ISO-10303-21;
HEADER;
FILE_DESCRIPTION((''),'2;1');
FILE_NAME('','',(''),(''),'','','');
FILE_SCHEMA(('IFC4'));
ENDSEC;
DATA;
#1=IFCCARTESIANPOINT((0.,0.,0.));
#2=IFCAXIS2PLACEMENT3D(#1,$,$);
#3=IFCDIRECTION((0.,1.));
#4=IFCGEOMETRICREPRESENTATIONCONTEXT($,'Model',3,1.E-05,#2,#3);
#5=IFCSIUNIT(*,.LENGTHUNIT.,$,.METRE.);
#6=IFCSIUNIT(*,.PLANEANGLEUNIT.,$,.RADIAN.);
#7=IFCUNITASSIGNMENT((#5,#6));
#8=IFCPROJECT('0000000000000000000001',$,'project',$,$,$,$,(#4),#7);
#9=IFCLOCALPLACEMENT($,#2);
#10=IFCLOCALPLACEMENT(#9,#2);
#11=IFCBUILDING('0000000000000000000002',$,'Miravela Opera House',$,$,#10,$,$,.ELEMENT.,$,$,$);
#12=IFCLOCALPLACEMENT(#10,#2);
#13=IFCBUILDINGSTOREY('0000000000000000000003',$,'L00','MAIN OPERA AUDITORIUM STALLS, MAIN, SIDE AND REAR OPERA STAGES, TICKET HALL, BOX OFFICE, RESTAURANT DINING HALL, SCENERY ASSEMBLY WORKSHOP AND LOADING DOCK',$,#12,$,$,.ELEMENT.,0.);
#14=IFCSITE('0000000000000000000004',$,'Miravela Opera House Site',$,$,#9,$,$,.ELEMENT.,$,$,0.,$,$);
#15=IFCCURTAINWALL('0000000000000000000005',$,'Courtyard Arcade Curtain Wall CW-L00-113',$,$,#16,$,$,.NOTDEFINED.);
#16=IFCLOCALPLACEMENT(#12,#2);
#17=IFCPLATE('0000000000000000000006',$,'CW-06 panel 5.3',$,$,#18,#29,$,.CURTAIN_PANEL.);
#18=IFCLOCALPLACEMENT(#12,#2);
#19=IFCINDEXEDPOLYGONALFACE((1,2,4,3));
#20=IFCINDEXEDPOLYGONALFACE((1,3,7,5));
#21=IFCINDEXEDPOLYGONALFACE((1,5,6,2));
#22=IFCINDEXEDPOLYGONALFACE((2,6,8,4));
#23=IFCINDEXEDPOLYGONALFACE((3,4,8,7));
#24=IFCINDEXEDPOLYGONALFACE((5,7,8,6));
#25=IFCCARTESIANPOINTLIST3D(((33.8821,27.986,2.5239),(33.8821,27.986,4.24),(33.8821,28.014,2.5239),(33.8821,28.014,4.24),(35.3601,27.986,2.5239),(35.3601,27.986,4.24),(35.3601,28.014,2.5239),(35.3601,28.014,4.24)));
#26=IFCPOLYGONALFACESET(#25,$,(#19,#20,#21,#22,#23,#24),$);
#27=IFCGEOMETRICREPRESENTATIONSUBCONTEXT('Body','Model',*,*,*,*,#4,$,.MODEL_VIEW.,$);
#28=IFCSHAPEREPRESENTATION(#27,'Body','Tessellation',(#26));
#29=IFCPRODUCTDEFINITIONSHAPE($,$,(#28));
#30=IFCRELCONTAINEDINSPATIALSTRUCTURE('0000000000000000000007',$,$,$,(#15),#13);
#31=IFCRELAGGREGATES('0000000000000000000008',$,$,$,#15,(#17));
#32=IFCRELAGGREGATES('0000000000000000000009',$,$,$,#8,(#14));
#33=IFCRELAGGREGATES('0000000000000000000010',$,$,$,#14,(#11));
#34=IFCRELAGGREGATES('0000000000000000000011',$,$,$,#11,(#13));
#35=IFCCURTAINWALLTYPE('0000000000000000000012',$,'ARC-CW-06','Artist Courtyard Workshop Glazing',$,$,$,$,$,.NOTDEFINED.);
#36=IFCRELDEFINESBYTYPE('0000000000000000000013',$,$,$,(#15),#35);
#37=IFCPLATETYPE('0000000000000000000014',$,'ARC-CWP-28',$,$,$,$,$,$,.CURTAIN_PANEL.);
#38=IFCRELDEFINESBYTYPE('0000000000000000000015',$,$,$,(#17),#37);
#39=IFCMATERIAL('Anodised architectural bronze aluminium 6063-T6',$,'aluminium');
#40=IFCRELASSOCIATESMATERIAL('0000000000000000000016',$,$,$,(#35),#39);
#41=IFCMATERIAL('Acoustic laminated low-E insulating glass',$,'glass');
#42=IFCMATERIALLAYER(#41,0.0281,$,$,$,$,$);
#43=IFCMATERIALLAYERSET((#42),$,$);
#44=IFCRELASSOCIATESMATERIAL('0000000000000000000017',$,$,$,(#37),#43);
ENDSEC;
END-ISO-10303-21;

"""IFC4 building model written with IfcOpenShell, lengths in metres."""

from ifc_helpers import new_model, si_unit, direction, frame, origin, origin_2d, place, context, subcontext, project, spatial, rectangle, extrude, material, layer, layer_set, type_object, element, aggregate, save


model = new_model("IFC4")

# Units and contexts
model_context = context("Model", 3, precision=1e-05, world=origin(), true_north=direction((0.0, 1.0)))
body_context = subcontext(model_context, "Body", "Model", "MODEL_VIEW")
ifc_project = project(units=[si_unit("LENGTHUNIT", "METRE"), si_unit("PLANEANGLEUNIT", "RADIAN")], contexts=[model_context])

# Site, building, storey
site_placement = place(None, origin())
site = spatial("IfcSite", under=ifc_project, at=site_placement, Name="Miravela Opera House Site", CompositionType="ELEMENT", RefElevation=0.0)
building_placement = place(site_placement, origin())
building = spatial("IfcBuilding", under=site, at=building_placement, Name="Miravela Opera House", CompositionType="ELEMENT")
storey_placement = place(building_placement, origin())
storey = spatial("IfcBuildingStorey", under=building, at=storey_placement, Name="L00", Description="MAIN OPERA AUDITORIUM STALLS, MAIN, SIDE AND REAR OPERA STAGES, TICKET HALL, BOX OFFICE, RESTAURANT DINING HALL, SCENERY ASSEMBLY WORKSHOP AND LOADING DOCK", CompositionType="ELEMENT", Elevation=0.0)

# Curtain wall
ifc_material_1 = material(Name="Anodised architectural bronze aluminium 6063-T6", Category="aluminium")
curtain_wall_type = type_object("IfcCurtainWallType", Name="ARC-CW-06", Description="Artist Courtyard Workshop Glazing", PredefinedType="NOTDEFINED", material=ifc_material_1)
curtain_wall_placement = place(storey_placement, origin())
curtain_wall = element("IfcCurtainWall", 1, at=curtain_wall_placement, inside=storey, type_object=curtain_wall_type, Name="Courtyard Arcade Curtain Wall CW-L00-113", PredefinedType="NOTDEFINED")

# Plate
ifc_material_2 = material(Name="Acoustic laminated low-E insulating glass", Category="glass")
ifc_layer = layer(ifc_material_2, 0.0281)
ifc_layer_set = layer_set([ifc_layer])
plate_type = type_object("IfcPlateType", Name="ARC-CWP-28", PredefinedType="CURTAIN_PANEL", material=ifc_layer_set)
plate_1_placement = place(storey_placement, frame((34.6211, 28.0, 2.5239), z_axis=(0.0, 0.0, 1.0), x_axis=(1.0, 0.0, 0.0)))
plate_1 = element("IfcPlate", 2, at=plate_1_placement, type_object=plate_type, Name="CW-06 panel 5.3", PredefinedType="CURTAIN_PANEL", context=body_context, shape_type="SweptSolid", body=[
    extrude(rectangle(XDim=1.478, YDim=0.0281, at=origin_2d()), origin(), (0.0, 0.0, 1.0), 1.7161),
])
aggregate(curtain_wall, [plate_1])

save(model, "model.ifc")
